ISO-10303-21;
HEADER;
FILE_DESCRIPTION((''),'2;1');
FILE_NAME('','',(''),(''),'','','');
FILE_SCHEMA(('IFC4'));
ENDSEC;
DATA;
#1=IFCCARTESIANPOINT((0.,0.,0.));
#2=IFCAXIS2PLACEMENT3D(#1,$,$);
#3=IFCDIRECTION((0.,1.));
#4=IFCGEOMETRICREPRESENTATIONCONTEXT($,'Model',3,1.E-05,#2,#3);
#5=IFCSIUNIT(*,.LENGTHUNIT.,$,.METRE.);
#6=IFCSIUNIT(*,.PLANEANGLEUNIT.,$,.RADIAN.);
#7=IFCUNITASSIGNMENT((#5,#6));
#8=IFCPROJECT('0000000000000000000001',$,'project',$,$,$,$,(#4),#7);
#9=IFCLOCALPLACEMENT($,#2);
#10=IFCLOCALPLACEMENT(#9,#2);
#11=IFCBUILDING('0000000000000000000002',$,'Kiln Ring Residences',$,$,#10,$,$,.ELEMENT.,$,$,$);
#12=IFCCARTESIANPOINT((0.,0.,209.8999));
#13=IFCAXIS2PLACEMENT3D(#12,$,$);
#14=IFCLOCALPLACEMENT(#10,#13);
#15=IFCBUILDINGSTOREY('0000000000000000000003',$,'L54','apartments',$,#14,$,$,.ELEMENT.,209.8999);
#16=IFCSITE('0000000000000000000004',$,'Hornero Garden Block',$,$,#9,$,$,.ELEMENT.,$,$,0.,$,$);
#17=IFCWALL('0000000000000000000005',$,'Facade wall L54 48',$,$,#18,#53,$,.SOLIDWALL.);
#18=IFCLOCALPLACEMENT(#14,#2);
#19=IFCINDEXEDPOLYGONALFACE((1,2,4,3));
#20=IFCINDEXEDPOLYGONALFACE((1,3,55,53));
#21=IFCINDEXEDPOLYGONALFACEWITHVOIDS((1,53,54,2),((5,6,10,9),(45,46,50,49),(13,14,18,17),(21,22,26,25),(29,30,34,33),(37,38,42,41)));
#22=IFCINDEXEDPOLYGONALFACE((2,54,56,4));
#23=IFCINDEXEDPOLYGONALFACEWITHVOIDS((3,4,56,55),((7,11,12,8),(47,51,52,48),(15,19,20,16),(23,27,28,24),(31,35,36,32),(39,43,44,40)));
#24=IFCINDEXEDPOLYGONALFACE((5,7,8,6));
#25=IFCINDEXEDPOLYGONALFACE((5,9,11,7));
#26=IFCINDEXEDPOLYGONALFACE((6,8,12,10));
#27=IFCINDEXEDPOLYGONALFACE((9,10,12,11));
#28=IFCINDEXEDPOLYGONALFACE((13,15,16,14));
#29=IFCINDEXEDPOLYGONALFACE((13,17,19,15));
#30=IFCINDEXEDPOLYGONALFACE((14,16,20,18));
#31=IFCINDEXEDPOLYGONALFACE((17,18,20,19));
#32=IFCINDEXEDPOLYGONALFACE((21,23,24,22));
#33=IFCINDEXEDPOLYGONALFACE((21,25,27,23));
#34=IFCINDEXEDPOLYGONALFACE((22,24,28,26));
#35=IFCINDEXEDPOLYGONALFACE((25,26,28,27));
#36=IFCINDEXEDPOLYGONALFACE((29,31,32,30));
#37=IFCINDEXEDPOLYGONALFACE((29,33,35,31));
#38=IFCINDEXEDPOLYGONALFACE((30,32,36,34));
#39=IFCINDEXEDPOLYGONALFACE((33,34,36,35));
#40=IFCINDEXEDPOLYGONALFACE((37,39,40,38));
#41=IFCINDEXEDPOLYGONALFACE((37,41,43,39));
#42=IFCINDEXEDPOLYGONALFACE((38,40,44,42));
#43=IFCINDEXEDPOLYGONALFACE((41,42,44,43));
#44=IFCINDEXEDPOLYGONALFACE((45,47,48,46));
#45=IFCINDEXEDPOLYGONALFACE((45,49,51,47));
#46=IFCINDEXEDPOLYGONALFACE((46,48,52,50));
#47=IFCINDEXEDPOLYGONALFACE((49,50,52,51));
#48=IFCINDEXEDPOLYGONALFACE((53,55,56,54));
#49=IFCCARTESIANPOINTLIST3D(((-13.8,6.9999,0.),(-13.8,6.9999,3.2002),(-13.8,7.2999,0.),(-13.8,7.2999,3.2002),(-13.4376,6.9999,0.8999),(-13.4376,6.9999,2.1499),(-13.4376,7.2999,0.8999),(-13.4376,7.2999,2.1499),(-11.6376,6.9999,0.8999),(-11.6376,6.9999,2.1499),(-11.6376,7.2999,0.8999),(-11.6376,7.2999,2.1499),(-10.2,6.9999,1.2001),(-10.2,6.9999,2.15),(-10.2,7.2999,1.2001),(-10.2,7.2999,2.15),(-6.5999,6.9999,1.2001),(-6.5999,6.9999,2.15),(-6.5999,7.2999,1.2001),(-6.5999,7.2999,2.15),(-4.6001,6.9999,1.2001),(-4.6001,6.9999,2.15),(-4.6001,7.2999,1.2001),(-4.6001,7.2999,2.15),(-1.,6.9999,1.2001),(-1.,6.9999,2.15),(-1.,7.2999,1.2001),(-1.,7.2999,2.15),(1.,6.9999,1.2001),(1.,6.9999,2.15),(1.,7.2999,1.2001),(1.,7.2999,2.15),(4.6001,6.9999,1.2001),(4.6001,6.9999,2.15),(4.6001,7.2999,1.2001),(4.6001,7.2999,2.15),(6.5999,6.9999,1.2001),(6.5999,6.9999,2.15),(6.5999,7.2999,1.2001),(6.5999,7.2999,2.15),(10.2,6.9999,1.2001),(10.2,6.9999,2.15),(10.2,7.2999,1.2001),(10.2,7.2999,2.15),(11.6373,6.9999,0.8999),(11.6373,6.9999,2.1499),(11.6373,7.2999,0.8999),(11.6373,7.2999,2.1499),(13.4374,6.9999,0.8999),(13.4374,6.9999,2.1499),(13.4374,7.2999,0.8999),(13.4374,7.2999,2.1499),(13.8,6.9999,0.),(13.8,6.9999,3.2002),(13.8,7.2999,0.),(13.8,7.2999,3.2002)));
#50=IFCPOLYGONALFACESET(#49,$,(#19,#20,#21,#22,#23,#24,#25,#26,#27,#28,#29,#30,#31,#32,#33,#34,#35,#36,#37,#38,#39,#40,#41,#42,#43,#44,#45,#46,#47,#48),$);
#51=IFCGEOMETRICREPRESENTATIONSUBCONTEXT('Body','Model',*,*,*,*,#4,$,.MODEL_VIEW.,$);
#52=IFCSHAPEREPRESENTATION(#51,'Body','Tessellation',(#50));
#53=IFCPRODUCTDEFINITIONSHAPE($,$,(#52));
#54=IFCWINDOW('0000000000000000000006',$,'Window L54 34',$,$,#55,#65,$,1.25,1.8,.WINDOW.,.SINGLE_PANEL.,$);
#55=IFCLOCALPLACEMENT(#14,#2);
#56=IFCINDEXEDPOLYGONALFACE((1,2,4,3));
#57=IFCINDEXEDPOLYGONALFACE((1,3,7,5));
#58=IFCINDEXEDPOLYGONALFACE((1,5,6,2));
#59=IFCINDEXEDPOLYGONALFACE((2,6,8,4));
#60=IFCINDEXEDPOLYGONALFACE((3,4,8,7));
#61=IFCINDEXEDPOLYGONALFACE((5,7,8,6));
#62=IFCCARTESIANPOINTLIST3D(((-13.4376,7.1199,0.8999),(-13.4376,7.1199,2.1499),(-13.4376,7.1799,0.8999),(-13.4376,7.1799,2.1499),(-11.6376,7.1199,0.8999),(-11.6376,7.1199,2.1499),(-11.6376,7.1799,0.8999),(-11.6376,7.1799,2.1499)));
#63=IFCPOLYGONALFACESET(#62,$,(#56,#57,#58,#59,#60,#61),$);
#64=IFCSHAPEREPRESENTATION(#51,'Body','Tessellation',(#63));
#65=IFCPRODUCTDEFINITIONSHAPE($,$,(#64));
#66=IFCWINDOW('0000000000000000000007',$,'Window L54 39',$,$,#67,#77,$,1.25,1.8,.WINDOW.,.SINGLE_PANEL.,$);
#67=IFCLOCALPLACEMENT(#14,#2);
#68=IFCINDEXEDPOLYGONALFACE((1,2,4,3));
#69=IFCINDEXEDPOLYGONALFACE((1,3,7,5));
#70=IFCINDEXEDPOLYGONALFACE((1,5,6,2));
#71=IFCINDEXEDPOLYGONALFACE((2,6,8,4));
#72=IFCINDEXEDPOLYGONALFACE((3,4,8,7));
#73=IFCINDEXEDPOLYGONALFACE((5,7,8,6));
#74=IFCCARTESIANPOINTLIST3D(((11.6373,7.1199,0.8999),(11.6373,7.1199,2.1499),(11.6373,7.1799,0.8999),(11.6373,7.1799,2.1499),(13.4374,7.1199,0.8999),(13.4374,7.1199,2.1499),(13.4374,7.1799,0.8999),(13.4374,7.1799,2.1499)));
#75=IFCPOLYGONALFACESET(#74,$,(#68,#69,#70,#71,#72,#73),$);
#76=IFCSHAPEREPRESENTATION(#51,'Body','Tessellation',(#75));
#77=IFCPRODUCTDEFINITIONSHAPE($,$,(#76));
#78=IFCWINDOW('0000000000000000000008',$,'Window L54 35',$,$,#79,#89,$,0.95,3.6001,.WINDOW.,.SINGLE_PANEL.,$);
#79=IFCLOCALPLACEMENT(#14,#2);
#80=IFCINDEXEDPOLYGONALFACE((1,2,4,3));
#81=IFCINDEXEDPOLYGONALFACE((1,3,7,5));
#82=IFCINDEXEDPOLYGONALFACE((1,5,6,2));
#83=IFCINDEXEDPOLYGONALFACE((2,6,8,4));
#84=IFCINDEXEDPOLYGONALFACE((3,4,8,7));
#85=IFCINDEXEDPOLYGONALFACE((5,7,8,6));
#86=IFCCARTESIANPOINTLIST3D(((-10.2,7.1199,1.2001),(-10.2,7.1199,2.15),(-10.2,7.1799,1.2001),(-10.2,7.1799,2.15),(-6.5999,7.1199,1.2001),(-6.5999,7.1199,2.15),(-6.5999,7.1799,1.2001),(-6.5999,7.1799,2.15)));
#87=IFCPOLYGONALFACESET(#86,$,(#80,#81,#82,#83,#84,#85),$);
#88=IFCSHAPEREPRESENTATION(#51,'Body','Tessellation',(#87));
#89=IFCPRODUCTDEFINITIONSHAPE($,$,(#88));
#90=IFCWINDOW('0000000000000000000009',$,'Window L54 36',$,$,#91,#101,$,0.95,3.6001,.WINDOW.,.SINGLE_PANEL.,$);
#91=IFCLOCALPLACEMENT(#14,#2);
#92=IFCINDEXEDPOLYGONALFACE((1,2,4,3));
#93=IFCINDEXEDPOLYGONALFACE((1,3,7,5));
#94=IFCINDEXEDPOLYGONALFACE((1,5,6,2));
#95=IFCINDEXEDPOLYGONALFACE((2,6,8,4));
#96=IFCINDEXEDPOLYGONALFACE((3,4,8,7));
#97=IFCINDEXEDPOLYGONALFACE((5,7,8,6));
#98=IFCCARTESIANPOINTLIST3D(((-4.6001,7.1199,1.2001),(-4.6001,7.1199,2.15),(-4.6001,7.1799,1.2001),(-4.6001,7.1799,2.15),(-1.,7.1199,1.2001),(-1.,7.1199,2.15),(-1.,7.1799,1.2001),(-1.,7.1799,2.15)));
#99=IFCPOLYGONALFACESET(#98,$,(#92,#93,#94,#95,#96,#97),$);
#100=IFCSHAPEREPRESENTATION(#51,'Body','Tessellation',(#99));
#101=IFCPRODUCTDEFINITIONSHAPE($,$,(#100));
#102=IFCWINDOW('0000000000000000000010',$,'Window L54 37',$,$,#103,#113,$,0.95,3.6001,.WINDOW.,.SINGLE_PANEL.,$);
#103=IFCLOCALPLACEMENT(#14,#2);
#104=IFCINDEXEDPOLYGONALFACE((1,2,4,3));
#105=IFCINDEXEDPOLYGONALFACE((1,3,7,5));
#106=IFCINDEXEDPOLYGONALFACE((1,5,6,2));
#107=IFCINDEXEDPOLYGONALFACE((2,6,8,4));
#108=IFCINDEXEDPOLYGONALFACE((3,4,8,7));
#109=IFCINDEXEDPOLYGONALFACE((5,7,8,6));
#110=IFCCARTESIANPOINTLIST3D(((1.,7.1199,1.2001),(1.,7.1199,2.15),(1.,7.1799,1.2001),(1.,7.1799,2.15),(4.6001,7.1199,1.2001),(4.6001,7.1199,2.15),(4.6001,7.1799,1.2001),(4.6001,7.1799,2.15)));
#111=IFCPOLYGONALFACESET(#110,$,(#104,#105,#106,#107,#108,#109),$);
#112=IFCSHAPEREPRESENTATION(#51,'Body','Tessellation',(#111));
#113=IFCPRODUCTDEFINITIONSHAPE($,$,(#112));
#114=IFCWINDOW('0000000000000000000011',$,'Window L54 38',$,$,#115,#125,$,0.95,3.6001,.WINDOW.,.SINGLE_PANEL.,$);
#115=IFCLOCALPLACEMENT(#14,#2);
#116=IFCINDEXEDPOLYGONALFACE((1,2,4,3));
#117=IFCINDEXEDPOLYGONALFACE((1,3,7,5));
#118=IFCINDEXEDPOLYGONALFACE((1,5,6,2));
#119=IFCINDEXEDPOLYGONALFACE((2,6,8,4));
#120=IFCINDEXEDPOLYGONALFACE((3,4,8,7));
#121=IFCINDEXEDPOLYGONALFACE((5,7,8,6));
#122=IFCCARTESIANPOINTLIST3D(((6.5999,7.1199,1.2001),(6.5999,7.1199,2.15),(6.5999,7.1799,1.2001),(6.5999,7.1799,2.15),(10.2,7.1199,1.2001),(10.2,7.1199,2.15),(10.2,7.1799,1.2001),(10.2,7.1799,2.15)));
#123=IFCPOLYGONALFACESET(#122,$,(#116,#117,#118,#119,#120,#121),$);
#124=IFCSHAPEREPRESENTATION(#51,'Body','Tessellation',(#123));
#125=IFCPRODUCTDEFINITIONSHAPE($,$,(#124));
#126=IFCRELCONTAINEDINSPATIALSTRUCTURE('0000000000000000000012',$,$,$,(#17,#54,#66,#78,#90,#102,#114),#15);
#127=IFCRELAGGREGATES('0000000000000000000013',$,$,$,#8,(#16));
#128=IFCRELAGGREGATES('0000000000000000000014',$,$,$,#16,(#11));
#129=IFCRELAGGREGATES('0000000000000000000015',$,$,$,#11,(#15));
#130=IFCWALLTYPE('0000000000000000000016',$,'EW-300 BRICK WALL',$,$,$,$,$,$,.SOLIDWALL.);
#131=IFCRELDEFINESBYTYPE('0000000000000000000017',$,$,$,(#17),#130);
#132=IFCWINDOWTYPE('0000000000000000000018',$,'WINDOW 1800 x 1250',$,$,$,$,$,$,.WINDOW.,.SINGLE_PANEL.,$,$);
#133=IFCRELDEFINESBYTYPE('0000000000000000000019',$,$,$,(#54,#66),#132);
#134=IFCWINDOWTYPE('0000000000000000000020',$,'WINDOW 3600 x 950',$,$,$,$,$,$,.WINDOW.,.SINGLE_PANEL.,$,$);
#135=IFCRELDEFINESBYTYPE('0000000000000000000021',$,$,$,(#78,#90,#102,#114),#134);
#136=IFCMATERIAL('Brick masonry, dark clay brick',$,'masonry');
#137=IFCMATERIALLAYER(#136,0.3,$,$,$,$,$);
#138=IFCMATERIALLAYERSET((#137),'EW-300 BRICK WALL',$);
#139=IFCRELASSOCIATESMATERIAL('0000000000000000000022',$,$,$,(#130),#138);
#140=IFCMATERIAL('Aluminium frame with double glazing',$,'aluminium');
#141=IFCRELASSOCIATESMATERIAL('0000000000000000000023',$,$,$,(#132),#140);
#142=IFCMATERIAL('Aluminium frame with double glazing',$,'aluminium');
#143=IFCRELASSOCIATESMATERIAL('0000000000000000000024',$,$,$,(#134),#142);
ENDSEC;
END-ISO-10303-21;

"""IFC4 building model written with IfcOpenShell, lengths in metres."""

from ifc_helpers import new_model, si_unit, direction, frame, frame_2d, origin, place, context, subcontext, project, spatial, rectangle, extrude, material, layer, layer_set, type_object, element, fill, save


model = new_model("IFC4")

# Units and contexts
model_context = context("Model", 3, precision=1e-05, world=origin(), true_north=direction((0.0, 1.0)))
body_context = subcontext(model_context, "Body", "Model", "MODEL_VIEW")
ifc_project = project(units=[si_unit("LENGTHUNIT", "METRE"), si_unit("PLANEANGLEUNIT", "RADIAN")], contexts=[model_context])

# Site, building, storey
site_placement = place(None, origin())
site = spatial("IfcSite", under=ifc_project, at=site_placement, Name="Hornero Garden Block", CompositionType="ELEMENT", RefElevation=0.0)
building_placement = place(site_placement, origin())
building = spatial("IfcBuilding", under=site, at=building_placement, Name="Kiln Ring Residences", CompositionType="ELEMENT")
storey_placement = place(building_placement, frame((0.0, 0.0, 209.8999)))
storey = spatial("IfcBuildingStorey", under=building, at=storey_placement, Name="L54", Description="apartments", CompositionType="ELEMENT", Elevation=209.8999)

# Wall, openings, windows
ifc_material_1 = material(Name="Brick masonry, dark clay brick", Category="masonry")
ifc_layer_1 = layer(ifc_material_1, 0.3)
ifc_layer_set_1 = layer_set([ifc_layer_1], Name="EW-300 BRICK WALL")
wall_type_1 = type_object("IfcWallType", Name="EW-300 BRICK WALL", PredefinedType="SOLIDWALL", material=ifc_layer_set_1)
wall_1_placement = place(storey_placement, frame((-13.8, 7.1499, 0.0), z_axis=(0.0, 0.0, 1.0), x_axis=(1.0, 0.0, 0.0)))
wall_1 = element("IfcWall", 1, at=wall_1_placement, inside=storey, type_object=wall_type_1, Name="Facade wall L54 48", PredefinedType="SOLIDWALL", context=body_context, shape_type="SweptSolid", body=[
    extrude(rectangle(XDim=27.6001, YDim=0.3, at=frame_2d((13.8, 0.0))), origin(), (0.0, 0.0, 1.0), 3.2002),
])
opening_1_placement = place(wall_1_placement, frame((0.3625, 0.0, 0.8999)))
opening_1 = element("IfcOpeningElement", 2, at=opening_1_placement, cuts=wall_1, PredefinedType="OPENING", context=body_context, shape_type="SweptSolid", body=[
    extrude(rectangle(XDim=1.8, YDim=1.25, at=frame_2d((0.8999, 0.625))), frame((0.0, 0.1599, 0.0), z_axis=(0.0, -1.0, 0.0), x_axis=(1.0, 0.0, 0.0)), (0.0, 0.0, 1.0), 0.3201),
])
opening_2_placement = place(wall_1_placement, frame((3.6001, 0.0, 1.2)))
opening_2 = element("IfcOpeningElement", 3, at=opening_2_placement, cuts=wall_1, PredefinedType="OPENING", context=body_context, shape_type="SweptSolid", body=[
    extrude(rectangle(XDim=3.6001, YDim=0.95, at=frame_2d((1.8, 0.4751))), frame((0.0, 0.1599, 0.0), z_axis=(0.0, -1.0, 0.0), x_axis=(1.0, 0.0, 0.0)), (0.0, 0.0, 1.0), 0.3201),
])
opening_3_placement = place(wall_1_placement, frame((9.2, 0.0, 1.2)))
opening_3 = element("IfcOpeningElement", 4, at=opening_3_placement, cuts=wall_1, PredefinedType="OPENING", context=body_context, shape_type="SweptSolid", body=[
    extrude(rectangle(XDim=3.6001, YDim=0.95, at=frame_2d((1.8, 0.4751))), frame((0.0, 0.1599, 0.0), z_axis=(0.0, -1.0, 0.0), x_axis=(1.0, 0.0, 0.0)), (0.0, 0.0, 1.0), 0.3201),
])
opening_4_placement = place(wall_1_placement, frame((14.8, 0.0, 1.2)))
opening_4 = element("IfcOpeningElement", 5, at=opening_4_placement, cuts=wall_1, PredefinedType="OPENING", context=body_context, shape_type="SweptSolid", body=[
    extrude(rectangle(XDim=3.6001, YDim=0.95, at=frame_2d((1.8, 0.4751))), frame((0.0, 0.1599, 0.0), z_axis=(0.0, -1.0, 0.0), x_axis=(1.0, 0.0, 0.0)), (0.0, 0.0, 1.0), 0.3201),
])
opening_5_placement = place(wall_1_placement, frame((20.3999, 0.0, 1.2)))
opening_5 = element("IfcOpeningElement", 6, at=opening_5_placement, cuts=wall_1, PredefinedType="OPENING", context=body_context, shape_type="SweptSolid", body=[
    extrude(rectangle(XDim=3.6001, YDim=0.95, at=frame_2d((1.8, 0.4751))), frame((0.0, 0.1599, 0.0), z_axis=(0.0, -1.0, 0.0), x_axis=(1.0, 0.0, 0.0)), (0.0, 0.0, 1.0), 0.3201),
])
opening_6_placement = place(wall_1_placement, frame((25.4375, 0.0, 0.8999)))
opening_6 = element("IfcOpeningElement", 7, at=opening_6_placement, cuts=wall_1, PredefinedType="OPENING", context=body_context, shape_type="SweptSolid", body=[
    extrude(rectangle(XDim=1.8, YDim=1.25, at=frame_2d((0.8999, 0.625))), frame((0.0, 0.1599, 0.0), z_axis=(0.0, -1.0, 0.0), x_axis=(1.0, 0.0, 0.0)), (0.0, 0.0, 1.0), 0.3201),
])
ifc_material_2 = material(Name="Aluminium frame with double glazing", Category="aluminium")
window_type_1 = type_object("IfcWindowType", Name="WINDOW 1800 x 1250", PartitioningType="SINGLE_PANEL", PredefinedType="WINDOW", material=ifc_material_2)
window_1_placement = place(opening_1_placement, origin())
window_1 = element("IfcWindow", 8, at=window_1_placement, inside=storey, type_object=window_type_1, Name="Window L54 34", OverallHeight=1.25, OverallWidth=1.8, PartitioningType="SINGLE_PANEL", PredefinedType="WINDOW", context=body_context, shape_type="SweptSolid", body=[
    extrude(rectangle(XDim=1.8, YDim=1.25, at=frame_2d((0.8999, 0.625))), frame((0.0, 0.03, 0.0), z_axis=(0.0, -1.0, 0.0), x_axis=(1.0, 0.0, 0.0)), (0.0, 0.0, 1.0), 0.0601),
])
fill(opening_1, window_1)
window_2_placement = place(opening_6_placement, origin())
window_2 = element("IfcWindow", 9, at=window_2_placement, inside=storey, type_object=window_type_1, Name="Window L54 39", OverallHeight=1.25, OverallWidth=1.8, PartitioningType="SINGLE_PANEL", PredefinedType="WINDOW", context=body_context, shape_type="SweptSolid", body=[
    extrude(rectangle(XDim=1.8, YDim=1.25, at=frame_2d((0.8999, 0.625))), frame((0.0, 0.03, 0.0), z_axis=(0.0, -1.0, 0.0), x_axis=(1.0, 0.0, 0.0)), (0.0, 0.0, 1.0), 0.0601),
])
fill(opening_6, window_2)
ifc_material_3 = material(Name="Aluminium frame with double glazing", Category="aluminium")
window_type_2 = type_object("IfcWindowType", Name="WINDOW 3600 x 950", PartitioningType="SINGLE_PANEL", PredefinedType="WINDOW", material=ifc_material_3)
window_3_placement = place(opening_2_placement, origin())
window_3 = element("IfcWindow", 10, at=window_3_placement, inside=storey, type_object=window_type_2, Name="Window L54 35", OverallHeight=0.95, OverallWidth=3.6001, PartitioningType="SINGLE_PANEL", PredefinedType="WINDOW", context=body_context, shape_type="SweptSolid", body=[
    extrude(rectangle(XDim=3.6001, YDim=0.95, at=frame_2d((1.8, 0.4751))), frame((0.0, 0.03, 0.0), z_axis=(0.0, -1.0, 0.0), x_axis=(1.0, 0.0, 0.0)), (0.0, 0.0, 1.0), 0.0601),
])
fill(opening_2, window_3)
window_4_placement = place(opening_3_placement, origin())
window_4 = element("IfcWindow", 11, at=window_4_placement, inside=storey, type_object=window_type_2, Name="Window L54 36", OverallHeight=0.95, OverallWidth=3.6001, PartitioningType="SINGLE_PANEL", PredefinedType="WINDOW", context=body_context, shape_type="SweptSolid", body=[
    extrude(rectangle(XDim=3.6001, YDim=0.95, at=frame_2d((1.8, 0.4751))), frame((0.0, 0.03, 0.0), z_axis=(0.0, -1.0, 0.0), x_axis=(1.0, 0.0, 0.0)), (0.0, 0.0, 1.0), 0.0601),
])
fill(opening_3, window_4)
window_5_placement = place(opening_4_placement, origin())
window_5 = element("IfcWindow", 12, at=window_5_placement, inside=storey, type_object=window_type_2, Name="Window L54 37", OverallHeight=0.95, OverallWidth=3.6001, PartitioningType="SINGLE_PANEL", PredefinedType="WINDOW", context=body_context, shape_type="SweptSolid", body=[
    extrude(rectangle(XDim=3.6001, YDim=0.95, at=frame_2d((1.8, 0.4751))), frame((0.0, 0.03, 0.0), z_axis=(0.0, -1.0, 0.0), x_axis=(1.0, 0.0, 0.0)), (0.0, 0.0, 1.0), 0.0601),
])
fill(opening_4, window_5)
window_6_placement = place(opening_5_placement, origin())
window_6 = element("IfcWindow", 13, at=window_6_placement, inside=storey, type_object=window_type_2, Name="Window L54 38", OverallHeight=0.95, OverallWidth=3.6001, PartitioningType="SINGLE_PANEL", PredefinedType="WINDOW", context=body_context, shape_type="SweptSolid", body=[
    extrude(rectangle(XDim=3.6001, YDim=0.95, at=frame_2d((1.8, 0.4751))), frame((0.0, 0.03, 0.0), z_axis=(0.0, -1.0, 0.0), x_axis=(1.0, 0.0, 0.0)), (0.0, 0.0, 1.0), 0.0601),
])
fill(opening_5, window_6)

save(model, "model.ifc")
